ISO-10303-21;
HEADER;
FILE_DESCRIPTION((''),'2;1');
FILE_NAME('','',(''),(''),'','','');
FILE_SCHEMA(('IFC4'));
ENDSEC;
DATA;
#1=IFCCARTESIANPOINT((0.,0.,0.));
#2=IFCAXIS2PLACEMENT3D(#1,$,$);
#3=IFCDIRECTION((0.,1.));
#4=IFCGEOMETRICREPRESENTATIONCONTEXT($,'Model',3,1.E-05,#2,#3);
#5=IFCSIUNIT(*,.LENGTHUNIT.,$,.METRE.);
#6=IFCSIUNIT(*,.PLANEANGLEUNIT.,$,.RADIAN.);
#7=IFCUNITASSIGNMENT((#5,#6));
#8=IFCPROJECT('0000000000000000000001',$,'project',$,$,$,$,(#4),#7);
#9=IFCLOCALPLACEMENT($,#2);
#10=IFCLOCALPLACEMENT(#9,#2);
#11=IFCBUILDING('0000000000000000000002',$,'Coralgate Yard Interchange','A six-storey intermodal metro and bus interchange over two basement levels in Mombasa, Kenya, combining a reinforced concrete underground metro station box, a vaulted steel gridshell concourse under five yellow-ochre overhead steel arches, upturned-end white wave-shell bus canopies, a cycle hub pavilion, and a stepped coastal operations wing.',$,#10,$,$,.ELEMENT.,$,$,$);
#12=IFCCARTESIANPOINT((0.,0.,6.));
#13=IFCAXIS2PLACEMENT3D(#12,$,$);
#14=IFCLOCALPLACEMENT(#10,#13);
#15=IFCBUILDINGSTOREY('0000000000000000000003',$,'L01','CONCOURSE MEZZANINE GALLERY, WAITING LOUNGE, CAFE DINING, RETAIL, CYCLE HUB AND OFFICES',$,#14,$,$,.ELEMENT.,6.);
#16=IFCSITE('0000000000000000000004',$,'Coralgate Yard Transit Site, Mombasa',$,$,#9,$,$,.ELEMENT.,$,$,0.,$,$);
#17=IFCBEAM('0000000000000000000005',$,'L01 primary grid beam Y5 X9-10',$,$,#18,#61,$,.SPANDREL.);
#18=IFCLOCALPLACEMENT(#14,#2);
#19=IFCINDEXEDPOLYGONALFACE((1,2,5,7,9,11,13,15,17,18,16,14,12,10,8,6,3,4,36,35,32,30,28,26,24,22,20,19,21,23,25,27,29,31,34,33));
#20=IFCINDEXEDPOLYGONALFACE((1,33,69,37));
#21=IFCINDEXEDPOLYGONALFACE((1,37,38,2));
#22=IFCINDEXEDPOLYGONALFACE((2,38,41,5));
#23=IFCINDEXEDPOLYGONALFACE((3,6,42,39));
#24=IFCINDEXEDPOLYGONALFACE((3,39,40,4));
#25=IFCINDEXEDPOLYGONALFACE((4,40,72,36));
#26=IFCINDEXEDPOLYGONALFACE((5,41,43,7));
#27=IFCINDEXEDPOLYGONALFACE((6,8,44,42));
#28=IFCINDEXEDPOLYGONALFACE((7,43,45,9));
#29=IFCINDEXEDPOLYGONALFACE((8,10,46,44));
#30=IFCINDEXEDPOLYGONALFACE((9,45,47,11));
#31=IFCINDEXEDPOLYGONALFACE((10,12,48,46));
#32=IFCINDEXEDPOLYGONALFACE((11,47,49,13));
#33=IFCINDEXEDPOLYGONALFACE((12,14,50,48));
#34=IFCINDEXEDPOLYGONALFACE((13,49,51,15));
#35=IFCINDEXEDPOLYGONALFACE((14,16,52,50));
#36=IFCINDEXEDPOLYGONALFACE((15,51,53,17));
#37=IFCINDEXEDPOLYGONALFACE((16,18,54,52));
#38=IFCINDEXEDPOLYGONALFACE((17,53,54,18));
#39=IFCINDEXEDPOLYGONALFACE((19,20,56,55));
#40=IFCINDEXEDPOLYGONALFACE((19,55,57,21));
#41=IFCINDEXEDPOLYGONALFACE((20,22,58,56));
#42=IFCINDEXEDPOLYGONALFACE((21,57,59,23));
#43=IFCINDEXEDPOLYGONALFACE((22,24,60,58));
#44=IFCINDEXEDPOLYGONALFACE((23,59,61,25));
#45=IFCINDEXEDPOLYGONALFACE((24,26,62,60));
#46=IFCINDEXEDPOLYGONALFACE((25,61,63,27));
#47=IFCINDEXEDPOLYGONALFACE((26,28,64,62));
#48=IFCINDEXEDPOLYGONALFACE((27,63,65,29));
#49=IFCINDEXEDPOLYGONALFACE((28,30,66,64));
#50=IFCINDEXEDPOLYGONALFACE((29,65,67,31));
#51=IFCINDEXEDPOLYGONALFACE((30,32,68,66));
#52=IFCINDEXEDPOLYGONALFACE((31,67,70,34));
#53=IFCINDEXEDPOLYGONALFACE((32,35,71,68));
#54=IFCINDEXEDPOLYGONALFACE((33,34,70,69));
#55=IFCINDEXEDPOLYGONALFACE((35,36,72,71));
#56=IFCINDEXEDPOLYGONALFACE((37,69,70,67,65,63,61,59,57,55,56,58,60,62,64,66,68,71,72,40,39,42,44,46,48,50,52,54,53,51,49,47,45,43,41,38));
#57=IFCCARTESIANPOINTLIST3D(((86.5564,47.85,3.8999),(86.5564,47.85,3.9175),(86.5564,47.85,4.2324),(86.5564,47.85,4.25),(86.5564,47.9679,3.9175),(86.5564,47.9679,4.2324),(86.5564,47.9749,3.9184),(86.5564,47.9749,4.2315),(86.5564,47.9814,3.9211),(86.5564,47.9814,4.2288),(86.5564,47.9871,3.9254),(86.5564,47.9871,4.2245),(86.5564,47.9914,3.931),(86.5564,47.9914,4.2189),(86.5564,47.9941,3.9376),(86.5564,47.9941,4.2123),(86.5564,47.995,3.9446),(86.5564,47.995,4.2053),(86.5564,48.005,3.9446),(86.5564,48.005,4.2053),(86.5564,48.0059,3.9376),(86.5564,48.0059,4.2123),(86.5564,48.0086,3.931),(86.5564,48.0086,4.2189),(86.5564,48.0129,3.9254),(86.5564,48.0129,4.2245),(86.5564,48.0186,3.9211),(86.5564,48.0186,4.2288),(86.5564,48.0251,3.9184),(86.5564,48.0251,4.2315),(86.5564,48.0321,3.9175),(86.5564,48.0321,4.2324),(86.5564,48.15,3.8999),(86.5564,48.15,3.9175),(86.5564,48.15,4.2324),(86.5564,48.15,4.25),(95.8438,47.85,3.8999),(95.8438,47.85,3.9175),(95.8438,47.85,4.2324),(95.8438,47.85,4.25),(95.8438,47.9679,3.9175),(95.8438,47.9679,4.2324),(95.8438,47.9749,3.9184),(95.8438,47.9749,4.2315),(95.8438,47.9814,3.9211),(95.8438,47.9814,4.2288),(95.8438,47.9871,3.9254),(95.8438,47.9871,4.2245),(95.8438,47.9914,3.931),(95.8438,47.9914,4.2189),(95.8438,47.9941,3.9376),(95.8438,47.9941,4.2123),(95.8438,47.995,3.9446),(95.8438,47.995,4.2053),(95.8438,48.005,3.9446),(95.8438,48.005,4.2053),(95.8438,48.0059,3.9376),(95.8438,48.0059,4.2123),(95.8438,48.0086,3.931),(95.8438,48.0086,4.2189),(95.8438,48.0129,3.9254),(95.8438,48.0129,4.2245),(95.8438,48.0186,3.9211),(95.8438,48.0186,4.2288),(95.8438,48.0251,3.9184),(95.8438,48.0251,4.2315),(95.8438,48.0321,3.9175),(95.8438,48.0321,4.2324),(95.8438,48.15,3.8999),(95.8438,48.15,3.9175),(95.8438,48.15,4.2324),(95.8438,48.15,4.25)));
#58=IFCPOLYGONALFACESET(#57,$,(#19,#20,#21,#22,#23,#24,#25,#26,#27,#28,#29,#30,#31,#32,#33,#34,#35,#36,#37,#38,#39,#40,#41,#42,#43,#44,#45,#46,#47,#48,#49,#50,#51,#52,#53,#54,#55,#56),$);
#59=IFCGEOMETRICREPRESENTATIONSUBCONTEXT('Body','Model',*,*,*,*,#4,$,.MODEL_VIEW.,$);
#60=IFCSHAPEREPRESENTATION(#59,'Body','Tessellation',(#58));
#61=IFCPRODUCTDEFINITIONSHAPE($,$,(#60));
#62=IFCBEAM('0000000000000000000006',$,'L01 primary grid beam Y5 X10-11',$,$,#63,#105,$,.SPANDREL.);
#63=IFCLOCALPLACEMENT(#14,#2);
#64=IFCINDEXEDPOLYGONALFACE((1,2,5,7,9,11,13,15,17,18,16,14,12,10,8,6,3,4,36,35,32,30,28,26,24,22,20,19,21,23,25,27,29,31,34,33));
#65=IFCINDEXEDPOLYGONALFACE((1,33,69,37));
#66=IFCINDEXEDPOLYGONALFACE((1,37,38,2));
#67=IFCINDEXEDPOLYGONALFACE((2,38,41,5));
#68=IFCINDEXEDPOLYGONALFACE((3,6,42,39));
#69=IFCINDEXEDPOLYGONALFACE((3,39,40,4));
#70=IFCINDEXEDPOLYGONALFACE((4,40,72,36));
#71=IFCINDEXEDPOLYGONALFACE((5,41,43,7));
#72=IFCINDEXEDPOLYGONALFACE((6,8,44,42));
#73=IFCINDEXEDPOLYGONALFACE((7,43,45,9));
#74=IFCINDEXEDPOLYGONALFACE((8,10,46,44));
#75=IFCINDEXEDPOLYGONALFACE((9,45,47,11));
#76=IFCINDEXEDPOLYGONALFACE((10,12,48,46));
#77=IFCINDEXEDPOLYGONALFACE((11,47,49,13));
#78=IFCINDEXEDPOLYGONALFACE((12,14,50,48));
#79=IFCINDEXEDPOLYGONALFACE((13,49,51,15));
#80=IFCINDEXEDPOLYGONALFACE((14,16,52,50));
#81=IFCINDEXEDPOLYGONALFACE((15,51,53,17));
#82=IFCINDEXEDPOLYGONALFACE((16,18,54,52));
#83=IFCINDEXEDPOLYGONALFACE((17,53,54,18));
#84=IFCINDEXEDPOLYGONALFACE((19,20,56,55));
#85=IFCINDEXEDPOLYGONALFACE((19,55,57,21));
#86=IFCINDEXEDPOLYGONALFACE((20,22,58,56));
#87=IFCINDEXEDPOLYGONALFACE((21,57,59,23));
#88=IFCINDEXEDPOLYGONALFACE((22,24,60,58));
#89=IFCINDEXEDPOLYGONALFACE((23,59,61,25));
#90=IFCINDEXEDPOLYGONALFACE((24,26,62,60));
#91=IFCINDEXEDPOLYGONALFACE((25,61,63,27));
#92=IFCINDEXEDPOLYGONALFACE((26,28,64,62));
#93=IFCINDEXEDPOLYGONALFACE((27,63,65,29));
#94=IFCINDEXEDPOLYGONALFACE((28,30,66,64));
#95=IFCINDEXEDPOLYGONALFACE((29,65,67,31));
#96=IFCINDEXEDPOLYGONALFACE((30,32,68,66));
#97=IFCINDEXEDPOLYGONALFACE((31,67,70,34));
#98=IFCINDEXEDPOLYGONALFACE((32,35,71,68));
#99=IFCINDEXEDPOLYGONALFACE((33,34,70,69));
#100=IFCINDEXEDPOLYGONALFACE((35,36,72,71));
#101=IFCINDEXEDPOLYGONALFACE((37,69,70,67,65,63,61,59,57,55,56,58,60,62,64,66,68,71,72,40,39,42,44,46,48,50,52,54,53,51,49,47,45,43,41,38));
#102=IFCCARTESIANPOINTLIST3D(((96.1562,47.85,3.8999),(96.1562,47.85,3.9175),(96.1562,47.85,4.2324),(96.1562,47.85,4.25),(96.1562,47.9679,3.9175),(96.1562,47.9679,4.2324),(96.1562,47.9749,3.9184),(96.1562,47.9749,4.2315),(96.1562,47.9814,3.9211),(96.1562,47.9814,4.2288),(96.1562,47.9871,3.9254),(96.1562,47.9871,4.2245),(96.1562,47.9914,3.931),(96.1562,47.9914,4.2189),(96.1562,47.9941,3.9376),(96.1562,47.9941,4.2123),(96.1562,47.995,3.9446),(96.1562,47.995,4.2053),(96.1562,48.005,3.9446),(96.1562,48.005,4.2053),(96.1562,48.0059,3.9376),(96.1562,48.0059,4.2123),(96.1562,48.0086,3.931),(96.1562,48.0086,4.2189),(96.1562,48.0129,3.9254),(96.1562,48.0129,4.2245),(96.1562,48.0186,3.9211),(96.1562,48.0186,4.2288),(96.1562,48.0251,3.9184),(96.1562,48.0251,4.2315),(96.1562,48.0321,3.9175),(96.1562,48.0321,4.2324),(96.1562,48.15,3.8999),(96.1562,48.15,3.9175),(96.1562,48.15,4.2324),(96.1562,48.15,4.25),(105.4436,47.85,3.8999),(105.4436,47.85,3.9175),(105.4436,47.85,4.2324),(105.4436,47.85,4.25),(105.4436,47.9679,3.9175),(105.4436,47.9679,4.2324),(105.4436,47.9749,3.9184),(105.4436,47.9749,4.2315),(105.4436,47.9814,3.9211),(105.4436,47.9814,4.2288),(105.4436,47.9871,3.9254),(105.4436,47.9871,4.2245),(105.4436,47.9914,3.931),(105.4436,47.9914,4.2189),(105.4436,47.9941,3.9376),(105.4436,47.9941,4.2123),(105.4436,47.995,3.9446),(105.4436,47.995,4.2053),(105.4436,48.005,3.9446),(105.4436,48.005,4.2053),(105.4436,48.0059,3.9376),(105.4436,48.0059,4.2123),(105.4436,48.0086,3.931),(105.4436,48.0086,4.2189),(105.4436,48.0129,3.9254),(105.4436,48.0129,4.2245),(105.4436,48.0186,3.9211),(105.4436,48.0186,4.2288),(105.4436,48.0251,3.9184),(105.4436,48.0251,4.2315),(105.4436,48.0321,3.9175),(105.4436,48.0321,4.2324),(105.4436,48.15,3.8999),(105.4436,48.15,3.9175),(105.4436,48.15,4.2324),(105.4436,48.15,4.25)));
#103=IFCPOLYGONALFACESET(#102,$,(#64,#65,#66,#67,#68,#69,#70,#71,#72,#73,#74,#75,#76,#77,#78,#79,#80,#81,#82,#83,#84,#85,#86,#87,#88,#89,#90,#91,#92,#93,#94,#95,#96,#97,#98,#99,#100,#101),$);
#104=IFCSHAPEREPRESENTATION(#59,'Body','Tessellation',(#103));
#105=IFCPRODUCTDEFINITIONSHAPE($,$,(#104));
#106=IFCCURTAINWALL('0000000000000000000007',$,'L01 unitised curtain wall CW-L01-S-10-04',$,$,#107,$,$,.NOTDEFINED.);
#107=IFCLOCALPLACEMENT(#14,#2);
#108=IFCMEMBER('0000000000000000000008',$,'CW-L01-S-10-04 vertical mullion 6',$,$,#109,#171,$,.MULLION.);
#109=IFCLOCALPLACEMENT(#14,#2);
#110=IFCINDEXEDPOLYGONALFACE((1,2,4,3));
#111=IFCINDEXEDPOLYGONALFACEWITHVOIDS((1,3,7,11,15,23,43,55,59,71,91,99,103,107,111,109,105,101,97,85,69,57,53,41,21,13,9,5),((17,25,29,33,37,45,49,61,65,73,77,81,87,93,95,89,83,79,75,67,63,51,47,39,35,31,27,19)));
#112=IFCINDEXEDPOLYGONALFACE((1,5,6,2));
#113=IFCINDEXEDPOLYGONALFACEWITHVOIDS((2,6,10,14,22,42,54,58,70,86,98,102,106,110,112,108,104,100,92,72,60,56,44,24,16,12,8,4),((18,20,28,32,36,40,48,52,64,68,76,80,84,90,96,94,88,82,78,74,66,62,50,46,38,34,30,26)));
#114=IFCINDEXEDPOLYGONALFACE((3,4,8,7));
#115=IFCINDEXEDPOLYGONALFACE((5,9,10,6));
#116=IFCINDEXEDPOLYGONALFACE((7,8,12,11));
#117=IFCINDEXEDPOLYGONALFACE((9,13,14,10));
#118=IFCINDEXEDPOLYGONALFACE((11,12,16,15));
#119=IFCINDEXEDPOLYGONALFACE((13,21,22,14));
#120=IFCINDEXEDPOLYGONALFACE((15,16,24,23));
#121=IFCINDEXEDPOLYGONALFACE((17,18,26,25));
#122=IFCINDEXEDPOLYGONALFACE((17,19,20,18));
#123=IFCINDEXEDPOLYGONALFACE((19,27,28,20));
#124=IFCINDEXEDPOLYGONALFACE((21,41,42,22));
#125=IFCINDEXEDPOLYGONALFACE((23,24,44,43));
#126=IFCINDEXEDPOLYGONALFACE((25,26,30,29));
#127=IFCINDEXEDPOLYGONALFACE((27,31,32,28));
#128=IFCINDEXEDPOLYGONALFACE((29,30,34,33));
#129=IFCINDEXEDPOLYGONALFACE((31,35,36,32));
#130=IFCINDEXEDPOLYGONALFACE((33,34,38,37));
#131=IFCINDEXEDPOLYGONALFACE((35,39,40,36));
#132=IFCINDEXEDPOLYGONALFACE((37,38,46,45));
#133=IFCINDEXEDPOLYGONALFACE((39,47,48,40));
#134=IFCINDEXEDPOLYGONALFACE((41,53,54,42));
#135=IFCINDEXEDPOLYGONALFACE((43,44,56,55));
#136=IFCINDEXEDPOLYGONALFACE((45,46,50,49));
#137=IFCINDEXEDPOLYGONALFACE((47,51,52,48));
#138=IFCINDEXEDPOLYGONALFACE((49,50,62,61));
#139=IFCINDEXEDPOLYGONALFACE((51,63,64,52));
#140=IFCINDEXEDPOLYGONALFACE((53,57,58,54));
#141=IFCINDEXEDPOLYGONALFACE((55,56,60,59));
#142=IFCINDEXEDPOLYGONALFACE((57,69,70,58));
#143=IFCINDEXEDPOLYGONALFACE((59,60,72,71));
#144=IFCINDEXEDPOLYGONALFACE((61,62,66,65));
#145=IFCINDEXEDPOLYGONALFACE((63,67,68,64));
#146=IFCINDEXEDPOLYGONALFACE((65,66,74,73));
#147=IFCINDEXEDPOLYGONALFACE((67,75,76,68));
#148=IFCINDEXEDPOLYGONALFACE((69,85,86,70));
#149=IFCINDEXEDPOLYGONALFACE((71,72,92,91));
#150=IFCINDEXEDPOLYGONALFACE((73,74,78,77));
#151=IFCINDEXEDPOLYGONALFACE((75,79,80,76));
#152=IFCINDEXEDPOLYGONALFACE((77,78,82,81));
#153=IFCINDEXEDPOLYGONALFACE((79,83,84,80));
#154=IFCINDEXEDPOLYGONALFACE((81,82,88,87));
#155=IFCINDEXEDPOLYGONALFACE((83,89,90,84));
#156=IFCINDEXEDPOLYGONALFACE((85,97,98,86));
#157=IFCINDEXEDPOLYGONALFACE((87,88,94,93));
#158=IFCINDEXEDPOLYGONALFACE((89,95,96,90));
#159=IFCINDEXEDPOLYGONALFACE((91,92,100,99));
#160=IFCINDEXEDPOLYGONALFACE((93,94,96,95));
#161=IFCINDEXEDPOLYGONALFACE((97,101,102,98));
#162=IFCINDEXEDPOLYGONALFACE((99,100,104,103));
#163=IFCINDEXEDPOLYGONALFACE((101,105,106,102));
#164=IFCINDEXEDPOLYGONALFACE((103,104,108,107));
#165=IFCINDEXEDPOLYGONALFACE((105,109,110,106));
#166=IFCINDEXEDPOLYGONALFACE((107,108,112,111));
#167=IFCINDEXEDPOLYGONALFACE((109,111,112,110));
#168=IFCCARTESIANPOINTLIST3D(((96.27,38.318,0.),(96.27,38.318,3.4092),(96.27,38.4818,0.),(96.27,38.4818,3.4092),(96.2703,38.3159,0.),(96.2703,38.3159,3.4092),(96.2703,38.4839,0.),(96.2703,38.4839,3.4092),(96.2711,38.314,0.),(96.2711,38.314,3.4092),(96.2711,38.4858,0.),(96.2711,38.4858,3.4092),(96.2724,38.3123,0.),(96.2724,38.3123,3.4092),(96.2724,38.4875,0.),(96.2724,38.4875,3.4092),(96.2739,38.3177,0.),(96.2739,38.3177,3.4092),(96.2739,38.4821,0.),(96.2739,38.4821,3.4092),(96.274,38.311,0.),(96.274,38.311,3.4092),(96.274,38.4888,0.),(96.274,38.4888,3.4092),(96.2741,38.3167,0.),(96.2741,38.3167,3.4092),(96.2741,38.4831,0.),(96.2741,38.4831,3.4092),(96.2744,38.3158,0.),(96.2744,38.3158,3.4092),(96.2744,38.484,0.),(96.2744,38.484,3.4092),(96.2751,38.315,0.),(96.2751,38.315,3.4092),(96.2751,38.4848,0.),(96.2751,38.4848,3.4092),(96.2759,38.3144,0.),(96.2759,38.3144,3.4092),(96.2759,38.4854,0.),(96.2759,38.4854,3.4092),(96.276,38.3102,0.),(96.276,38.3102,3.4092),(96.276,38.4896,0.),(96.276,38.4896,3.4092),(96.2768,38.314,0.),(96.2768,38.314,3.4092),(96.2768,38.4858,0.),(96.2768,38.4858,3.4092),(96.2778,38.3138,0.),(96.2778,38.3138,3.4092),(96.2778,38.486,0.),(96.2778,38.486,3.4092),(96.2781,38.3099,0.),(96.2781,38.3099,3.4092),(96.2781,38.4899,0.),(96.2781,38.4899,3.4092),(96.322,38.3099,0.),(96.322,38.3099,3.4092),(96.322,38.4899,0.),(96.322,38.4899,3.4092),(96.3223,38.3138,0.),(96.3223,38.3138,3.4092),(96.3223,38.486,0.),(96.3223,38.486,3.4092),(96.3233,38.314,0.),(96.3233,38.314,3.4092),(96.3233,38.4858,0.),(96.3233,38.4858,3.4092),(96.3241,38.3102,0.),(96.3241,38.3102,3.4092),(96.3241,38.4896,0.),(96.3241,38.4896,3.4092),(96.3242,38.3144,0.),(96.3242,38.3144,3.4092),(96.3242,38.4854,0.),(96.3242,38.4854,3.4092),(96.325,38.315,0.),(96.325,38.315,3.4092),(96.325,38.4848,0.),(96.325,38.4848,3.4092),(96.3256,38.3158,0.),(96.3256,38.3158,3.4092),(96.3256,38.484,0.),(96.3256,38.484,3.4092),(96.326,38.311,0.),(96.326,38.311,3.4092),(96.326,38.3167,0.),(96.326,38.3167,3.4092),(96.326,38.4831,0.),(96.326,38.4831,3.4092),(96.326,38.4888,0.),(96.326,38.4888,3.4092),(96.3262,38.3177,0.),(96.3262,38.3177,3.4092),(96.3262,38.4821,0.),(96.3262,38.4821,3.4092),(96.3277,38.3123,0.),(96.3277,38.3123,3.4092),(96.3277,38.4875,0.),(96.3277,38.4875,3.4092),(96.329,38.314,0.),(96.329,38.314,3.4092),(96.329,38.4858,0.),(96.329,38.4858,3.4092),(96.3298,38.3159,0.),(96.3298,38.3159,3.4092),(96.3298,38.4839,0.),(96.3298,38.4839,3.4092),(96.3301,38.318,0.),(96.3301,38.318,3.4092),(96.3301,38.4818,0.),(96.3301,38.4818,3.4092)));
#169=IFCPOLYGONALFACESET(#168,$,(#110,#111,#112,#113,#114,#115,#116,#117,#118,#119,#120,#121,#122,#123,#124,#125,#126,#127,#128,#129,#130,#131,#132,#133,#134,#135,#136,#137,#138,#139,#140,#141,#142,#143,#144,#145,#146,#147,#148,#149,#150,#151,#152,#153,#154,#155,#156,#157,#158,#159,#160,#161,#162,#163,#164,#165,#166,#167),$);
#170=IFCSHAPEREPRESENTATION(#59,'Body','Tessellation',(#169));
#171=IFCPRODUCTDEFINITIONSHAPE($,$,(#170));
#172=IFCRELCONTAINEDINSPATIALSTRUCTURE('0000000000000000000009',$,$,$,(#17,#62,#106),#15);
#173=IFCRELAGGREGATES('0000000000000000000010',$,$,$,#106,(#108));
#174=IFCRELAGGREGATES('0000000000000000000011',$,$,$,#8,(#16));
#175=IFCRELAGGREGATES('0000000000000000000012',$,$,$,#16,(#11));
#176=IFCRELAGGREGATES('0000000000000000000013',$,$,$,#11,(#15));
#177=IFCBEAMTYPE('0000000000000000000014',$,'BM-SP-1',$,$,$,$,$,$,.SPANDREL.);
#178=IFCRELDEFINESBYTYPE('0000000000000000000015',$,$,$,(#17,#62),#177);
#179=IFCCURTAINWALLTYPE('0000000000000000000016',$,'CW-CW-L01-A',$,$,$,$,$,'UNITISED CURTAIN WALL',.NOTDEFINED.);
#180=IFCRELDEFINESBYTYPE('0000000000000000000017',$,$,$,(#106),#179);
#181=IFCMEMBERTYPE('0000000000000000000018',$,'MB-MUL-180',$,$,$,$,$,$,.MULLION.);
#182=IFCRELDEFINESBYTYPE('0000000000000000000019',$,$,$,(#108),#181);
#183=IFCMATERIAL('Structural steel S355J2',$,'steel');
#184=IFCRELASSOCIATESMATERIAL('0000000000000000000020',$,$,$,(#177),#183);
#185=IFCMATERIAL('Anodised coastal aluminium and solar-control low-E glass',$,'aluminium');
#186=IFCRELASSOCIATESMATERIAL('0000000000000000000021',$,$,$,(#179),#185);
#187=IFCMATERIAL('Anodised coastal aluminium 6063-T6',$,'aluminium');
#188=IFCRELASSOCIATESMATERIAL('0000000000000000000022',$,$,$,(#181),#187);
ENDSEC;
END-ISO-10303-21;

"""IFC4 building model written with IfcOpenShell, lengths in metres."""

from ifc_helpers import new_model, si_unit, direction, frame, origin, origin_2d, place, context, subcontext, project, spatial, hollow_rectangle, i_section, extrude, material, material_profile, profile_set, type_object, element, aggregate, save


model = new_model("IFC4")

# Units and contexts
model_context = context("Model", 3, precision=1e-05, world=origin(), true_north=direction((0.0, 1.0)))
body_context = subcontext(model_context, "Body", "Model", "MODEL_VIEW")
ifc_project = project(units=[si_unit("LENGTHUNIT", "METRE"), si_unit("PLANEANGLEUNIT", "RADIAN")], contexts=[model_context])

# Site, building, storey
site_placement = place(None, origin())
site = spatial("IfcSite", under=ifc_project, at=site_placement, Name="Coralgate Yard Transit Site, Mombasa", CompositionType="ELEMENT", RefElevation=0.0)
building_placement = place(site_placement, origin())
building = spatial("IfcBuilding", under=site, at=building_placement, Name="Coralgate Yard Interchange", Description="A six-storey intermodal metro and bus interchange over two basement levels in Mombasa, Kenya, combining a reinforced concrete underground metro station box, a vaulted steel gridshell concourse under five yellow-ochre overhead steel arches, upturned-end white wave-shell bus canopies, a cycle hub pavilion, and a stepped coastal operations wing.", CompositionType="ELEMENT")
storey_placement = place(building_placement, frame((0.0, 0.0, 6.0)))
storey = spatial("IfcBuildingStorey", under=building, at=storey_placement, Name="L01", Description="CONCOURSE MEZZANINE GALLERY, WAITING LOUNGE, CAFE DINING, RETAIL, CYCLE HUB AND OFFICES", CompositionType="ELEMENT", Elevation=6.0)

# Shared definitions
ifc_material_1 = material(Name="Structural steel S355J2", Category="steel")

# Beams
ifc_material_profile_1 = material_profile(ifc_material_1, i_section(OverallWidth=0.3, OverallDepth=0.3501, WebThickness=0.01, FlangeThickness=0.0176, FilletRadius=0.0271, at=origin_2d()), Name="HEA 360")
ifc_profile_set_1 = profile_set([ifc_material_profile_1], Name="Structural steel S355J2")
beam_type_1 = type_object("IfcBeamType", Name="BM-SP-1", PredefinedType="SPANDREL", material=ifc_profile_set_1)
for number, where, z_axis, x_axis, name in (
    (1, (86.5564, 48.0, 4.075), (1.0, 0.0, 0.0), (0.0, 1.0, 0.0), "L01 primary grid beam Y5 X9-10"),
    (2, (96.1562, 48.0, 4.075), (1.0, 0.0, 0.0), (0.0, 1.0, 0.0), "L01 primary grid beam Y5 X10-11"),
):
    element("IfcBeam", number, at=place(storey_placement, frame(where, z_axis=z_axis, x_axis=x_axis)), inside=storey, type_object=beam_type_1, Name=name, PredefinedType="SPANDREL", context=body_context, shape_type="SweptSolid", body=[
        extrude(i_section(OverallWidth=0.3, OverallDepth=0.3501, WebThickness=0.01, FlangeThickness=0.0176, FilletRadius=0.0271, at=origin_2d()), origin(), (0.0, 0.0, 1.0), 9.2874),
    ])

# Curtain wall, member
ifc_material_2 = material(Name="Anodised coastal aluminium and solar-control low-E glass", Category="aluminium")
curtain_wall_type_1 = type_object("IfcCurtainWallType", Name="CW-CW-L01-A", ElementType="UNITISED CURTAIN WALL", PredefinedType="NOTDEFINED", material=ifc_material_2)
curtain_wall_1_placement = place(storey_placement, origin())
curtain_wall_1 = element("IfcCurtainWall", 3, at=curtain_wall_1_placement, inside=storey, type_object=curtain_wall_type_1, Name="L01 unitised curtain wall CW-L01-S-10-04", PredefinedType="NOTDEFINED")
ifc_material_3 = material(Name="Anodised coastal aluminium 6063-T6", Category="aluminium")
ifc_material_profile_2 = material_profile(ifc_material_3, hollow_rectangle(XDim=0.0601, YDim=0.1799, WallThickness=0.0039, InnerFilletRadius=0.0039, OuterFilletRadius=0.0081, at=origin_2d()), Name="ALU 60x180x4")
ifc_profile_set_2 = profile_set([ifc_material_profile_2], Name="Anodised coastal aluminium 6063-T6")
member_type_1 = type_object("IfcMemberType", Name="MB-MUL-180", PredefinedType="MULLION", material=ifc_profile_set_2)
member_1_placement = place(storey_placement, frame((96.3, 38.3999, 0.0), z_axis=(0.0, 0.0, 1.0), x_axis=(1.0, 0.0, 0.0)))
member_1 = element("IfcMember", 4, at=member_1_placement, type_object=member_type_1, Name="CW-L01-S-10-04 vertical mullion 6", PredefinedType="MULLION", context=body_context, shape_type="SweptSolid", body=[
    extrude(hollow_rectangle(XDim=0.0601, YDim=0.1799, WallThickness=0.0039, InnerFilletRadius=0.0039, OuterFilletRadius=0.0081, at=origin_2d()), origin(), (0.0, 0.0, 1.0), 3.4092),
])
aggregate(curtain_wall_1, [member_1])

save(model, "model.ifc")
